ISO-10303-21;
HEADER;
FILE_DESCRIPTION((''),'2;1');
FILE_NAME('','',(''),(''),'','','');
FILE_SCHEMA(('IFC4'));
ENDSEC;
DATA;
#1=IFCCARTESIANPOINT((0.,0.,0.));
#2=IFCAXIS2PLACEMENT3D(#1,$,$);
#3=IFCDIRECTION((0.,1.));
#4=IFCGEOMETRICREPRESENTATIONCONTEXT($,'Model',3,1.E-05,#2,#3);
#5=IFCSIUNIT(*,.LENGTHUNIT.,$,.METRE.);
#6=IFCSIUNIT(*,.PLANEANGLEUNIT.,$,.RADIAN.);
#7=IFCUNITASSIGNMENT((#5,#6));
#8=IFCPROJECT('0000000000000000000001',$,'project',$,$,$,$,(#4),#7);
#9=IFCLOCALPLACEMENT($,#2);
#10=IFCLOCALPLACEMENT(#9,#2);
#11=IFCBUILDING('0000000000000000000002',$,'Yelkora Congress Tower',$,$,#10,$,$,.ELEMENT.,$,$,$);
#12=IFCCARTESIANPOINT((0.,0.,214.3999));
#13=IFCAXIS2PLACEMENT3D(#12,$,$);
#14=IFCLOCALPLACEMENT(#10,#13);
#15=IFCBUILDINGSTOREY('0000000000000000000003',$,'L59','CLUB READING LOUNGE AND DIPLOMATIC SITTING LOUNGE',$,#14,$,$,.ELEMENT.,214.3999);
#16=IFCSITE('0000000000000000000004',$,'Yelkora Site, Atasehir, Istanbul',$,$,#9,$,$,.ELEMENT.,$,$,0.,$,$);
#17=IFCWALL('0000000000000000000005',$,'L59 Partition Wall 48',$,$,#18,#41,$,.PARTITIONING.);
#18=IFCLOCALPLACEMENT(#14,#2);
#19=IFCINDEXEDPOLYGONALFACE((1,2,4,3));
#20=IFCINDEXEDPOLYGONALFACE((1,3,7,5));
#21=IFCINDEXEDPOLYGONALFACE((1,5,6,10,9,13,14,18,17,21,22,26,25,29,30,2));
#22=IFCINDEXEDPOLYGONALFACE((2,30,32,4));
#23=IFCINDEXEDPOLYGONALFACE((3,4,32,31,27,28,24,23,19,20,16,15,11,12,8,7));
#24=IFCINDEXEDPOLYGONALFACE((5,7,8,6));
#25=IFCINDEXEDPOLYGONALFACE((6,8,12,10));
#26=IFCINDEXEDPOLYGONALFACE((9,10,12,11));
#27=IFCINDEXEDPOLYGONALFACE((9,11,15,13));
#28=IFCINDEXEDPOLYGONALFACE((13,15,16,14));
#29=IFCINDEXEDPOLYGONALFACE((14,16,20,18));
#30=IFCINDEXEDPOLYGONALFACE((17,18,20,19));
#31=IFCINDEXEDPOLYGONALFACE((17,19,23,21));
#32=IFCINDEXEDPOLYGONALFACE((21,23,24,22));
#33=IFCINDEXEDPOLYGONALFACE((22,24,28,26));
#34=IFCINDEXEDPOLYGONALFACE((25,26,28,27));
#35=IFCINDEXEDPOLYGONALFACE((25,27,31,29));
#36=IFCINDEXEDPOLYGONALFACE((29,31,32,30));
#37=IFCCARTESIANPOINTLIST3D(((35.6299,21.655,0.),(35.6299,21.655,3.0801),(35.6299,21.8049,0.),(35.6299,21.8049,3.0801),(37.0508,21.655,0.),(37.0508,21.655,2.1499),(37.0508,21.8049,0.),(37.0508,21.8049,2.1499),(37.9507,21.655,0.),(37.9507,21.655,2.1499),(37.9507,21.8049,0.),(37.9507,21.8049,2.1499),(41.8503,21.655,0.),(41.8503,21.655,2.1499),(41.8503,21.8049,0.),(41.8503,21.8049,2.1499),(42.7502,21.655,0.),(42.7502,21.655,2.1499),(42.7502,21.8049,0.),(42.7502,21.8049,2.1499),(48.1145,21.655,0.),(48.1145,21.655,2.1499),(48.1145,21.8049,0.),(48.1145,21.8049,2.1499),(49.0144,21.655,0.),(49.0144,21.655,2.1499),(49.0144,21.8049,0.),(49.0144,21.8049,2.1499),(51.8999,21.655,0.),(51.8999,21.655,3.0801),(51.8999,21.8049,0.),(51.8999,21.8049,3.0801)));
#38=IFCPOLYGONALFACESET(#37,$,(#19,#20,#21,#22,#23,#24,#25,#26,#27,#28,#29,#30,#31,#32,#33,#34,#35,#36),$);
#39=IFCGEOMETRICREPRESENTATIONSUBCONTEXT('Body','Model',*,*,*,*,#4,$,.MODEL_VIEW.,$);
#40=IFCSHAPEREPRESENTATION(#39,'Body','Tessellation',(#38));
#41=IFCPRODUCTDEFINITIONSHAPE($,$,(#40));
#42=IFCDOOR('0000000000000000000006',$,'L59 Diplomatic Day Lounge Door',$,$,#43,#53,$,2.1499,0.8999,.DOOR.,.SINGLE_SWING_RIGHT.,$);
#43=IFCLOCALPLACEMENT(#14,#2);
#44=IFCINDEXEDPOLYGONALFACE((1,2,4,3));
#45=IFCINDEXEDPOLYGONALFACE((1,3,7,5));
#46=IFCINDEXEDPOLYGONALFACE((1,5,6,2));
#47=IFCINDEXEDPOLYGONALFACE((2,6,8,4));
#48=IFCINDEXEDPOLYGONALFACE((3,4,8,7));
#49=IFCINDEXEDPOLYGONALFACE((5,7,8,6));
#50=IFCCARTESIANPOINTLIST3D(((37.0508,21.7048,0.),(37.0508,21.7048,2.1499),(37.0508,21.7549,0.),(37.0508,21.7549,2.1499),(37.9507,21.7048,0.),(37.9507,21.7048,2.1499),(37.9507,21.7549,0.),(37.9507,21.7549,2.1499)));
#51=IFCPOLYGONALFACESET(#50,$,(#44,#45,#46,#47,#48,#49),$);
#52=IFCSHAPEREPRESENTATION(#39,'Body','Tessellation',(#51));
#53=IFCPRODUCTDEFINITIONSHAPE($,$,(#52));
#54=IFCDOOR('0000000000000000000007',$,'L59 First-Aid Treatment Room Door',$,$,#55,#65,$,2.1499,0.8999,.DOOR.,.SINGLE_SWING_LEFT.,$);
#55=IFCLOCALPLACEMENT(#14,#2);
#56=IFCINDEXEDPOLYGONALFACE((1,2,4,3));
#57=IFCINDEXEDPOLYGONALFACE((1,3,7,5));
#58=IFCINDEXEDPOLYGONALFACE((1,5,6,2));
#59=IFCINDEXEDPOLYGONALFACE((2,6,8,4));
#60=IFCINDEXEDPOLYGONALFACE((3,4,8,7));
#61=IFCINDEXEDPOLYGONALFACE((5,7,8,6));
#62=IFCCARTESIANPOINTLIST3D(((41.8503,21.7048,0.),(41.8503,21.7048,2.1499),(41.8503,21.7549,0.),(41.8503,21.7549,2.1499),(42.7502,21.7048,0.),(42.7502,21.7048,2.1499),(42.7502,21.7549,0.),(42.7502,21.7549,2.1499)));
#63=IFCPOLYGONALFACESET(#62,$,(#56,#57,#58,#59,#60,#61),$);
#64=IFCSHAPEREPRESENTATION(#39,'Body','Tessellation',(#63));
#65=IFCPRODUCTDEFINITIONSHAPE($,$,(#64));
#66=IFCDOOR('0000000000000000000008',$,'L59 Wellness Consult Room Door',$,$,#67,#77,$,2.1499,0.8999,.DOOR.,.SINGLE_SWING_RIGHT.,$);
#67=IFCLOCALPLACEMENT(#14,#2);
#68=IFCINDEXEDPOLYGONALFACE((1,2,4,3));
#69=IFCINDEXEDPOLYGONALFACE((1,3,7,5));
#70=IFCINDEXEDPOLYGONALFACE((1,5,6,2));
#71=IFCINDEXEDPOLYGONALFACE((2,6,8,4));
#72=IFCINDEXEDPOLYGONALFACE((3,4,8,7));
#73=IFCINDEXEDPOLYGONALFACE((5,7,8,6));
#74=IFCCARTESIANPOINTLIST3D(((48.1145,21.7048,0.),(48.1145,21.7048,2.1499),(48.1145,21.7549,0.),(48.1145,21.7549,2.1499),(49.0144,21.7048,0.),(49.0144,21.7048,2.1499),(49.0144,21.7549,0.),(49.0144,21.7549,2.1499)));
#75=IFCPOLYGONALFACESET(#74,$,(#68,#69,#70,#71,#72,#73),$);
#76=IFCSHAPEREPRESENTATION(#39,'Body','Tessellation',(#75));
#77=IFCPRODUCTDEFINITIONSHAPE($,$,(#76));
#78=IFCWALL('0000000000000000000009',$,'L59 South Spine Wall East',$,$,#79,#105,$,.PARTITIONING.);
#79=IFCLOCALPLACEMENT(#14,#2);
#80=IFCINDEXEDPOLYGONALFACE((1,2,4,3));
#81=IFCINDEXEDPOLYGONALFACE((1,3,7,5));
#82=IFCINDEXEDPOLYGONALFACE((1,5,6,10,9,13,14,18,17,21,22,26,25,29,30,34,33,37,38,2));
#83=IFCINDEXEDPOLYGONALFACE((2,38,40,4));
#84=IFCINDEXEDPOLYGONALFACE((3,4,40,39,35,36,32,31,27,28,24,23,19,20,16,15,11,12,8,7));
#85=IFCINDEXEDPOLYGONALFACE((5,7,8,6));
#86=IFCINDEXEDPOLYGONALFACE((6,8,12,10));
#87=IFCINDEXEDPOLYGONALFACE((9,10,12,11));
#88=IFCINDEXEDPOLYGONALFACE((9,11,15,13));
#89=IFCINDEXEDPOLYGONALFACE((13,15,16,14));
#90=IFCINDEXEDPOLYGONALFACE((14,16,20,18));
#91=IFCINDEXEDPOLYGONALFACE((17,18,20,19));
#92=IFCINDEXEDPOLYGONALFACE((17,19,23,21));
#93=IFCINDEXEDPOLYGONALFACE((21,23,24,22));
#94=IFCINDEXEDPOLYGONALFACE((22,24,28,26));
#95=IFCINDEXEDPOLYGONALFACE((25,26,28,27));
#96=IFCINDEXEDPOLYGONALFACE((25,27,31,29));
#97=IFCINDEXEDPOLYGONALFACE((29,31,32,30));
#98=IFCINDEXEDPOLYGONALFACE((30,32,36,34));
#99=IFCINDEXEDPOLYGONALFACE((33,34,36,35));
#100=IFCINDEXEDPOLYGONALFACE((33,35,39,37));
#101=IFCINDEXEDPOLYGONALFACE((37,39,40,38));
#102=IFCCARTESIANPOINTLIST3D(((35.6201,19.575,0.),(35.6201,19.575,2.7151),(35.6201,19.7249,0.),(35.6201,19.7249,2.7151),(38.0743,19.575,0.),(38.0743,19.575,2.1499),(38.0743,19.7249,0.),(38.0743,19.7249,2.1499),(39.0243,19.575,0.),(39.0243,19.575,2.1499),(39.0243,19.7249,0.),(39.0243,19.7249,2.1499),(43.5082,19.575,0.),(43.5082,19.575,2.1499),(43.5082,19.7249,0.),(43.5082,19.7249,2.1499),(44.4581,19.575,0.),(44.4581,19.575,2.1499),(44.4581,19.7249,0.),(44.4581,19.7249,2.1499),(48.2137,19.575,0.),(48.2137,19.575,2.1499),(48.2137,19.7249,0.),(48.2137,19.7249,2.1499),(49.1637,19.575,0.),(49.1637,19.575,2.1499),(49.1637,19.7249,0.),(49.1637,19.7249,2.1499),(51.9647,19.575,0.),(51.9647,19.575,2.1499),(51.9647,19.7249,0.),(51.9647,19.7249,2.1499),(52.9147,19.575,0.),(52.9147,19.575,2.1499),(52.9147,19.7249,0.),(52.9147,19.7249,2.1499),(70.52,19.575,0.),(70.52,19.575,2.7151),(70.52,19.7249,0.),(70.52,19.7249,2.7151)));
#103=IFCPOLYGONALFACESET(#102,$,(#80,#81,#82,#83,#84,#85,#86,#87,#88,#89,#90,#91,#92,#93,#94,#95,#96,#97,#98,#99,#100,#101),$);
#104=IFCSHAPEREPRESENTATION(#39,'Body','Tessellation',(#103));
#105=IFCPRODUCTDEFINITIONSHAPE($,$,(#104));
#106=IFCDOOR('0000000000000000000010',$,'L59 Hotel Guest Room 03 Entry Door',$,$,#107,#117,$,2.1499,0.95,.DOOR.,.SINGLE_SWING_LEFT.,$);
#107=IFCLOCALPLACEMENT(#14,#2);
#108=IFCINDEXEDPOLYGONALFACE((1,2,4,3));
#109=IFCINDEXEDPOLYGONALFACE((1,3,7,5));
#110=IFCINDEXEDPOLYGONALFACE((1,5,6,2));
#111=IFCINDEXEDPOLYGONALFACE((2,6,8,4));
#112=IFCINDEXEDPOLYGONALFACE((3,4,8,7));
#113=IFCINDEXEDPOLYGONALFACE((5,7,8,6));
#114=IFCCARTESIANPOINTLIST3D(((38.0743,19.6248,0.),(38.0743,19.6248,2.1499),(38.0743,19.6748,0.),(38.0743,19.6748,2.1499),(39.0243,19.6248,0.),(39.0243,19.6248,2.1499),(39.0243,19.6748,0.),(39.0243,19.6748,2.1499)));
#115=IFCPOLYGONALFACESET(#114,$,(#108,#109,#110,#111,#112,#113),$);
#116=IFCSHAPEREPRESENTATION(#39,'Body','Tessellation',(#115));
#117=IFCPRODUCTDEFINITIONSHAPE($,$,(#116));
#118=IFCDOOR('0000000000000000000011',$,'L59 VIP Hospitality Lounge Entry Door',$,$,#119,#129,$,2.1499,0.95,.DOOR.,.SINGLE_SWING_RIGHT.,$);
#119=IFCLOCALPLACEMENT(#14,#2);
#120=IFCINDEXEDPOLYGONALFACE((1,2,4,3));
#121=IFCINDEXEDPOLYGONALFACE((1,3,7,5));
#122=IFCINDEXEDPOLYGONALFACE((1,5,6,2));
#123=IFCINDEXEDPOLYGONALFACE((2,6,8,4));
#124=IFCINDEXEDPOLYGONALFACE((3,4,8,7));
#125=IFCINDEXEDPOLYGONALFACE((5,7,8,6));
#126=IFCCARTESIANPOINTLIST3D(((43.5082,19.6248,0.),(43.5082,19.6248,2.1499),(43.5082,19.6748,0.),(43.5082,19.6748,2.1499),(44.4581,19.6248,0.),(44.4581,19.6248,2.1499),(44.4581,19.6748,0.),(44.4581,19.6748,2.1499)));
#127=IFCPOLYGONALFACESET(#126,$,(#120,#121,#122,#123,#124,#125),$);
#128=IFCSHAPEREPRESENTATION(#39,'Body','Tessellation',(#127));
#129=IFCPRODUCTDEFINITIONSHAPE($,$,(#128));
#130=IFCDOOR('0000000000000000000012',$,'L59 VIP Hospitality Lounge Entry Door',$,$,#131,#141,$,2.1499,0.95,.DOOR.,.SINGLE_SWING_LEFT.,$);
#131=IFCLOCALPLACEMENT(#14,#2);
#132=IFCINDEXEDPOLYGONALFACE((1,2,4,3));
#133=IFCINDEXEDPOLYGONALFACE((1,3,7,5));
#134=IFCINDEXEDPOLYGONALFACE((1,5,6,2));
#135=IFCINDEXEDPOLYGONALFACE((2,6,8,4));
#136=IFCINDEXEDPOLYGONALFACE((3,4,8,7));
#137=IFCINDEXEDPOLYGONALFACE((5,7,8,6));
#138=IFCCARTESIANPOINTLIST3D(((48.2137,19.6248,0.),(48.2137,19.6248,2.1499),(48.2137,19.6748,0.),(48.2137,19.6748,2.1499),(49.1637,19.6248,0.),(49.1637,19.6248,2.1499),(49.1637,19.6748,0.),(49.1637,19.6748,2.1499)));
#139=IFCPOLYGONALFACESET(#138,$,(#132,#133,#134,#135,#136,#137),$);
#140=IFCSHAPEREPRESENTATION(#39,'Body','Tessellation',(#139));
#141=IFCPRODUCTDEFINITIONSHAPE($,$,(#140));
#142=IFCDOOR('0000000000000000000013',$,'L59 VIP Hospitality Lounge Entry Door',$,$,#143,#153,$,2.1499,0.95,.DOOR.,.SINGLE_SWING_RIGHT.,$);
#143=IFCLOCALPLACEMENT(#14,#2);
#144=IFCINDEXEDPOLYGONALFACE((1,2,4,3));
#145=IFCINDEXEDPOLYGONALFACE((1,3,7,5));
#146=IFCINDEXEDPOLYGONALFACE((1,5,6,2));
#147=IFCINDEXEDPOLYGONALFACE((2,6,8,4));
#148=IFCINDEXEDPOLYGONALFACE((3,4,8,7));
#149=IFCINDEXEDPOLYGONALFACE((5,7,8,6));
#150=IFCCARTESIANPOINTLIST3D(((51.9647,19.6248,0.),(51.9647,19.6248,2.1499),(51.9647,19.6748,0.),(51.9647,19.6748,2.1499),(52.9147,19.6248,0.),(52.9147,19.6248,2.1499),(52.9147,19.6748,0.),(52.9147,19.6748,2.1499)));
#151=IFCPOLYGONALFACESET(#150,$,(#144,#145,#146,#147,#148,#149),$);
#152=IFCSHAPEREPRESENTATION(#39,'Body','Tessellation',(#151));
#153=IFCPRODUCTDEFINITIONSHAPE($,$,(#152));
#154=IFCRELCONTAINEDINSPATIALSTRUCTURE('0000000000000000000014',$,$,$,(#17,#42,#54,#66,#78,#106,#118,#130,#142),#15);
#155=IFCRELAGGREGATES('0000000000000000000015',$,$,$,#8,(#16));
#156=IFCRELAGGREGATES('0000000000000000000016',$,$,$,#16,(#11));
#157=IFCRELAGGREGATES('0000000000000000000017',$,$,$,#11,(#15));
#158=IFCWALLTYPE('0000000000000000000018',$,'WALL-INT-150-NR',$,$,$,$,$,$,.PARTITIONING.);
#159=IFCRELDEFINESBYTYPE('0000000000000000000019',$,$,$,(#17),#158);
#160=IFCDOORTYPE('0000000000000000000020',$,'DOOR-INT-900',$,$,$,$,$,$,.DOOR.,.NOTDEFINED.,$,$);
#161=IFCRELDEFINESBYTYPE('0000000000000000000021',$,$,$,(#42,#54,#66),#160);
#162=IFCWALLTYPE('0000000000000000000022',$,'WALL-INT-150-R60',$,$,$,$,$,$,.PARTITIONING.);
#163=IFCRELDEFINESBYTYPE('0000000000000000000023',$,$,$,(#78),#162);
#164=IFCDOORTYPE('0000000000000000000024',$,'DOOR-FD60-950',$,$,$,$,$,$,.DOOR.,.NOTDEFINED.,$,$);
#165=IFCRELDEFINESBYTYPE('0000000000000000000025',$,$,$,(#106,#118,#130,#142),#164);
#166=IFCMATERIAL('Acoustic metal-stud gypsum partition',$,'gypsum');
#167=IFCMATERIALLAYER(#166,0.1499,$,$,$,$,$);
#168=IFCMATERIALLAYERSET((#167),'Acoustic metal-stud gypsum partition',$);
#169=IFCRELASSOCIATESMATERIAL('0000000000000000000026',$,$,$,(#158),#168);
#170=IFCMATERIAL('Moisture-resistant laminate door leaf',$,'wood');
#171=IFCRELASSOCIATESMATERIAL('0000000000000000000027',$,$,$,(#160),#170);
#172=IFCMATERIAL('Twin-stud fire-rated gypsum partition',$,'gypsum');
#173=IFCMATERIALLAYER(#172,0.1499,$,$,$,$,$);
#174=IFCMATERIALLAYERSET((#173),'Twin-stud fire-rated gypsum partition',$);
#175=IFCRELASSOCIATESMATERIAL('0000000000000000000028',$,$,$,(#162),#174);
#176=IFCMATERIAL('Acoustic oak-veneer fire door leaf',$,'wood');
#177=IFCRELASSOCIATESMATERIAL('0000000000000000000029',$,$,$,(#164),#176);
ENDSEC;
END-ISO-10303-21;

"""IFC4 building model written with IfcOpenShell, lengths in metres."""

from ifc_helpers import new_model, si_unit, direction, frame, frame_2d, origin, place, context, subcontext, project, spatial, rectangle, extrude, material, layer, layer_set, type_object, element, fill, save


model = new_model("IFC4")

# Units and contexts
model_context = context("Model", 3, precision=1e-05, world=origin(), true_north=direction((0.0, 1.0)))
body_context = subcontext(model_context, "Body", "Model", "MODEL_VIEW")
ifc_project = project(units=[si_unit("LENGTHUNIT", "METRE"), si_unit("PLANEANGLEUNIT", "RADIAN")], contexts=[model_context])

# Site, building, storey
site_placement = place(None, origin())
site = spatial("IfcSite", under=ifc_project, at=site_placement, Name="Yelkora Site, Atasehir, Istanbul", CompositionType="ELEMENT", RefElevation=0.0)
building_placement = place(site_placement, origin())
building = spatial("IfcBuilding", under=site, at=building_placement, Name="Yelkora Congress Tower", CompositionType="ELEMENT")
storey_placement = place(building_placement, frame((0.0, 0.0, 214.3999)))
storey = spatial("IfcBuildingStorey", under=building, at=storey_placement, Name="L59", Description="CLUB READING LOUNGE AND DIPLOMATIC SITTING LOUNGE", CompositionType="ELEMENT", Elevation=214.3999)

# Shared definitions
ifc_material_1 = material(Name="Acoustic metal-stud gypsum partition", Category="gypsum")
ifc_layer_1 = layer(ifc_material_1, 0.1499)
ifc_layer_set_1 = layer_set([ifc_layer_1], Name="Acoustic metal-stud gypsum partition")
wall_type_1 = type_object("IfcWallType", Name="WALL-INT-150-NR", PredefinedType="PARTITIONING", material=ifc_layer_set_1)
ifc_material_2 = material(Name="Moisture-resistant laminate door leaf", Category="wood")
door_type_1 = type_object("IfcDoorType", Name="DOOR-INT-900", OperationType="NOTDEFINED", PredefinedType="DOOR", material=ifc_material_2)

# Walls, openings, doors
wall_1_placement = place(storey_placement, frame((35.6299, 21.73, 0.0), z_axis=(0.0, 0.0, 1.0), x_axis=(1.0, 0.0, 0.0)))
wall_1 = element("IfcWall", 1, at=wall_1_placement, inside=storey, type_object=wall_type_1, Name="L59 Partition Wall 48", PredefinedType="PARTITIONING", context=body_context, shape_type="SweptSolid", body=[
    extrude(rectangle(XDim=16.27, YDim=0.1499, at=frame_2d((8.135, 0.0))), origin(), (0.0, 0.0, 1.0), 3.0801),
])
opening_1_placement = place(wall_1_placement, frame((1.4209, 0.0, 0.0)))
opening_1 = element("IfcOpeningElement", 2, at=opening_1_placement, cuts=wall_1, PredefinedType="OPENING", context=body_context, shape_type="SweptSolid", body=[
    extrude(rectangle(XDim=0.8999, YDim=2.1499, at=frame_2d((0.45, 1.075))), frame((0.0, 0.085, 0.0), z_axis=(0.0, -1.0, 0.0), x_axis=(1.0, 0.0, 0.0)), (0.0, 0.0, 1.0), 0.1699),
])
opening_2_placement = place(wall_1_placement, frame((6.2205, 0.0, 0.0)))
opening_2 = element("IfcOpeningElement", 3, at=opening_2_placement, cuts=wall_1, PredefinedType="OPENING", context=body_context, shape_type="SweptSolid", body=[
    extrude(rectangle(XDim=0.8999, YDim=2.1499, at=frame_2d((0.45, 1.075))), frame((0.0, 0.085, 0.0), z_axis=(0.0, -1.0, 0.0), x_axis=(1.0, 0.0, 0.0)), (0.0, 0.0, 1.0), 0.1699),
])
opening_3_placement = place(wall_1_placement, frame((12.4846, 0.0, 0.0)))
opening_3 = element("IfcOpeningElement", 4, at=opening_3_placement, cuts=wall_1, PredefinedType="OPENING", context=body_context, shape_type="SweptSolid", body=[
    extrude(rectangle(XDim=0.8999, YDim=2.1499, at=frame_2d((0.45, 1.075))), frame((0.0, 0.085, 0.0), z_axis=(0.0, -1.0, 0.0), x_axis=(1.0, 0.0, 0.0)), (0.0, 0.0, 1.0), 0.1699),
])
door_1_placement = place(opening_1_placement, origin())
door_1 = element("IfcDoor", 5, at=door_1_placement, inside=storey, type_object=door_type_1, Name="L59 Diplomatic Day Lounge Door", OperationType="SINGLE_SWING_RIGHT", OverallHeight=2.1499, OverallWidth=0.8999, PredefinedType="DOOR", context=body_context, shape_type="SweptSolid", body=[
    extrude(rectangle(XDim=0.8999, YDim=2.1499, at=frame_2d((0.45, 1.075))), frame((0.0, 0.0249, 0.0), z_axis=(0.0, -1.0, 0.0), x_axis=(1.0, 0.0, 0.0)), (0.0, 0.0, 1.0), 0.05),
])
fill(opening_1, door_1)
door_2_placement = place(opening_2_placement, origin())
door_2 = element("IfcDoor", 6, at=door_2_placement, inside=storey, type_object=door_type_1, Name="L59 First-Aid Treatment Room Door", OperationType="SINGLE_SWING_LEFT", OverallHeight=2.1499, OverallWidth=0.8999, PredefinedType="DOOR", context=body_context, shape_type="SweptSolid", body=[
    extrude(rectangle(XDim=0.8999, YDim=2.1499, at=frame_2d((0.45, 1.075))), frame((0.0, 0.0249, 0.0), z_axis=(0.0, -1.0, 0.0), x_axis=(1.0, 0.0, 0.0)), (0.0, 0.0, 1.0), 0.05),
])
fill(opening_2, door_2)
door_3_placement = place(opening_3_placement, origin())
door_3 = element("IfcDoor", 7, at=door_3_placement, inside=storey, type_object=door_type_1, Name="L59 Wellness Consult Room Door", OperationType="SINGLE_SWING_RIGHT", OverallHeight=2.1499, OverallWidth=0.8999, PredefinedType="DOOR", context=body_context, shape_type="SweptSolid", body=[
    extrude(rectangle(XDim=0.8999, YDim=2.1499, at=frame_2d((0.45, 1.075))), frame((0.0, 0.0249, 0.0), z_axis=(0.0, -1.0, 0.0), x_axis=(1.0, 0.0, 0.0)), (0.0, 0.0, 1.0), 0.05),
])
fill(opening_3, door_3)
ifc_material_3 = material(Name="Twin-stud fire-rated gypsum partition", Category="gypsum")
ifc_layer_2 = layer(ifc_material_3, 0.1499)
ifc_layer_set_2 = layer_set([ifc_layer_2], Name="Twin-stud fire-rated gypsum partition")
wall_type_2 = type_object("IfcWallType", Name="WALL-INT-150-R60", PredefinedType="PARTITIONING", material=ifc_layer_set_2)
wall_2_placement = place(storey_placement, frame((35.6201, 19.6499, 0.0), z_axis=(0.0, 0.0, 1.0), x_axis=(1.0, 0.0, 0.0)))
wall_2 = element("IfcWall", 8, at=wall_2_placement, inside=storey, type_object=wall_type_2, Name="L59 South Spine Wall East", PredefinedType="PARTITIONING", context=body_context, shape_type="SweptSolid", body=[
    extrude(rectangle(XDim=34.8999, YDim=0.1499, at=frame_2d((17.45, 0.0))), origin(), (0.0, 0.0, 1.0), 2.7151),
])
opening_4_placement = place(wall_2_placement, frame((2.4541, 0.0, 0.0)))
opening_4 = element("IfcOpeningElement", 9, at=opening_4_placement, cuts=wall_2, PredefinedType="OPENING", context=body_context, shape_type="SweptSolid", body=[
    extrude(rectangle(XDim=0.95, YDim=2.1499, at=frame_2d((0.4751, 1.075))), frame((0.0, 0.085, 0.0), z_axis=(0.0, -1.0, 0.0), x_axis=(1.0, 0.0, 0.0)), (0.0, 0.0, 1.0), 0.1699),
])
opening_5_placement = place(wall_2_placement, frame((7.8879, 0.0, 0.0)))
opening_5 = element("IfcOpeningElement", 10, at=opening_5_placement, cuts=wall_2, PredefinedType="OPENING", context=body_context, shape_type="SweptSolid", body=[
    extrude(rectangle(XDim=0.95, YDim=2.1499, at=frame_2d((0.4751, 1.075))), frame((0.0, 0.085, 0.0), z_axis=(0.0, -1.0, 0.0), x_axis=(1.0, 0.0, 0.0)), (0.0, 0.0, 1.0), 0.1699),
])
opening_6_placement = place(wall_2_placement, frame((12.5935, 0.0, 0.0)))
opening_6 = element("IfcOpeningElement", 11, at=opening_6_placement, cuts=wall_2, PredefinedType="OPENING", context=body_context, shape_type="SweptSolid", body=[
    extrude(rectangle(XDim=0.95, YDim=2.1499, at=frame_2d((0.4751, 1.075))), frame((0.0, 0.085, 0.0), z_axis=(0.0, -1.0, 0.0), x_axis=(1.0, 0.0, 0.0)), (0.0, 0.0, 1.0), 0.1699),
])
opening_7_placement = place(wall_2_placement, frame((16.3445, 0.0, 0.0)))
opening_7 = element("IfcOpeningElement", 12, at=opening_7_placement, cuts=wall_2, PredefinedType="OPENING", context=body_context, shape_type="SweptSolid", body=[
    extrude(rectangle(XDim=0.95, YDim=2.1499, at=frame_2d((0.4751, 1.075))), frame((0.0, 0.085, 0.0), z_axis=(0.0, -1.0, 0.0), x_axis=(1.0, 0.0, 0.0)), (0.0, 0.0, 1.0), 0.1699),
])
ifc_material_4 = material(Name="Acoustic oak-veneer fire door leaf", Category="wood")
door_type_2 = type_object("IfcDoorType", Name="DOOR-FD60-950", OperationType="NOTDEFINED", PredefinedType="DOOR", material=ifc_material_4)
door_4_placement = place(opening_4_placement, origin())
door_4 = element("IfcDoor", 13, at=door_4_placement, inside=storey, type_object=door_type_2, Name="L59 Hotel Guest Room 03 Entry Door", OperationType="SINGLE_SWING_LEFT", OverallHeight=2.1499, OverallWidth=0.95, PredefinedType="DOOR", context=body_context, shape_type="SweptSolid", body=[
    extrude(rectangle(XDim=0.95, YDim=2.1499, at=frame_2d((0.4751, 1.075))), frame((0.0, 0.0249, 0.0), z_axis=(0.0, -1.0, 0.0), x_axis=(1.0, 0.0, 0.0)), (0.0, 0.0, 1.0), 0.05),
])
fill(opening_4, door_4)
door_5_placement = place(opening_5_placement, origin())
door_5 = element("IfcDoor", 14, at=door_5_placement, inside=storey, type_object=door_type_2, Name="L59 VIP Hospitality Lounge Entry Door", OperationType="SINGLE_SWING_RIGHT", OverallHeight=2.1499, OverallWidth=0.95, PredefinedType="DOOR", context=body_context, shape_type="SweptSolid", body=[
    extrude(rectangle(XDim=0.95, YDim=2.1499, at=frame_2d((0.4751, 1.075))), frame((0.0, 0.0249, 0.0), z_axis=(0.0, -1.0, 0.0), x_axis=(1.0, 0.0, 0.0)), (0.0, 0.0, 1.0), 0.05),
])
fill(opening_5, door_5)
door_6_placement = place(opening_6_placement, origin())
door_6 = element("IfcDoor", 15, at=door_6_placement, inside=storey, type_object=door_type_2, Name="L59 VIP Hospitality Lounge Entry Door", OperationType="SINGLE_SWING_LEFT", OverallHeight=2.1499, OverallWidth=0.95, PredefinedType="DOOR", context=body_context, shape_type="SweptSolid", body=[
    extrude(rectangle(XDim=0.95, YDim=2.1499, at=frame_2d((0.4751, 1.075))), frame((0.0, 0.0249, 0.0), z_axis=(0.0, -1.0, 0.0), x_axis=(1.0, 0.0, 0.0)), (0.0, 0.0, 1.0), 0.05),
])
fill(opening_6, door_6)
door_7_placement = place(opening_7_placement, origin())
door_7 = element("IfcDoor", 16, at=door_7_placement, inside=storey, type_object=door_type_2, Name="L59 VIP Hospitality Lounge Entry Door", OperationType="SINGLE_SWING_RIGHT", OverallHeight=2.1499, OverallWidth=0.95, PredefinedType="DOOR", context=body_context, shape_type="SweptSolid", body=[
    extrude(rectangle(XDim=0.95, YDim=2.1499, at=frame_2d((0.4751, 1.075))), frame((0.0, 0.0249, 0.0), z_axis=(0.0, -1.0, 0.0), x_axis=(1.0, 0.0, 0.0)), (0.0, 0.0, 1.0), 0.05),
])
fill(opening_7, door_7)

save(model, "model.ifc")
